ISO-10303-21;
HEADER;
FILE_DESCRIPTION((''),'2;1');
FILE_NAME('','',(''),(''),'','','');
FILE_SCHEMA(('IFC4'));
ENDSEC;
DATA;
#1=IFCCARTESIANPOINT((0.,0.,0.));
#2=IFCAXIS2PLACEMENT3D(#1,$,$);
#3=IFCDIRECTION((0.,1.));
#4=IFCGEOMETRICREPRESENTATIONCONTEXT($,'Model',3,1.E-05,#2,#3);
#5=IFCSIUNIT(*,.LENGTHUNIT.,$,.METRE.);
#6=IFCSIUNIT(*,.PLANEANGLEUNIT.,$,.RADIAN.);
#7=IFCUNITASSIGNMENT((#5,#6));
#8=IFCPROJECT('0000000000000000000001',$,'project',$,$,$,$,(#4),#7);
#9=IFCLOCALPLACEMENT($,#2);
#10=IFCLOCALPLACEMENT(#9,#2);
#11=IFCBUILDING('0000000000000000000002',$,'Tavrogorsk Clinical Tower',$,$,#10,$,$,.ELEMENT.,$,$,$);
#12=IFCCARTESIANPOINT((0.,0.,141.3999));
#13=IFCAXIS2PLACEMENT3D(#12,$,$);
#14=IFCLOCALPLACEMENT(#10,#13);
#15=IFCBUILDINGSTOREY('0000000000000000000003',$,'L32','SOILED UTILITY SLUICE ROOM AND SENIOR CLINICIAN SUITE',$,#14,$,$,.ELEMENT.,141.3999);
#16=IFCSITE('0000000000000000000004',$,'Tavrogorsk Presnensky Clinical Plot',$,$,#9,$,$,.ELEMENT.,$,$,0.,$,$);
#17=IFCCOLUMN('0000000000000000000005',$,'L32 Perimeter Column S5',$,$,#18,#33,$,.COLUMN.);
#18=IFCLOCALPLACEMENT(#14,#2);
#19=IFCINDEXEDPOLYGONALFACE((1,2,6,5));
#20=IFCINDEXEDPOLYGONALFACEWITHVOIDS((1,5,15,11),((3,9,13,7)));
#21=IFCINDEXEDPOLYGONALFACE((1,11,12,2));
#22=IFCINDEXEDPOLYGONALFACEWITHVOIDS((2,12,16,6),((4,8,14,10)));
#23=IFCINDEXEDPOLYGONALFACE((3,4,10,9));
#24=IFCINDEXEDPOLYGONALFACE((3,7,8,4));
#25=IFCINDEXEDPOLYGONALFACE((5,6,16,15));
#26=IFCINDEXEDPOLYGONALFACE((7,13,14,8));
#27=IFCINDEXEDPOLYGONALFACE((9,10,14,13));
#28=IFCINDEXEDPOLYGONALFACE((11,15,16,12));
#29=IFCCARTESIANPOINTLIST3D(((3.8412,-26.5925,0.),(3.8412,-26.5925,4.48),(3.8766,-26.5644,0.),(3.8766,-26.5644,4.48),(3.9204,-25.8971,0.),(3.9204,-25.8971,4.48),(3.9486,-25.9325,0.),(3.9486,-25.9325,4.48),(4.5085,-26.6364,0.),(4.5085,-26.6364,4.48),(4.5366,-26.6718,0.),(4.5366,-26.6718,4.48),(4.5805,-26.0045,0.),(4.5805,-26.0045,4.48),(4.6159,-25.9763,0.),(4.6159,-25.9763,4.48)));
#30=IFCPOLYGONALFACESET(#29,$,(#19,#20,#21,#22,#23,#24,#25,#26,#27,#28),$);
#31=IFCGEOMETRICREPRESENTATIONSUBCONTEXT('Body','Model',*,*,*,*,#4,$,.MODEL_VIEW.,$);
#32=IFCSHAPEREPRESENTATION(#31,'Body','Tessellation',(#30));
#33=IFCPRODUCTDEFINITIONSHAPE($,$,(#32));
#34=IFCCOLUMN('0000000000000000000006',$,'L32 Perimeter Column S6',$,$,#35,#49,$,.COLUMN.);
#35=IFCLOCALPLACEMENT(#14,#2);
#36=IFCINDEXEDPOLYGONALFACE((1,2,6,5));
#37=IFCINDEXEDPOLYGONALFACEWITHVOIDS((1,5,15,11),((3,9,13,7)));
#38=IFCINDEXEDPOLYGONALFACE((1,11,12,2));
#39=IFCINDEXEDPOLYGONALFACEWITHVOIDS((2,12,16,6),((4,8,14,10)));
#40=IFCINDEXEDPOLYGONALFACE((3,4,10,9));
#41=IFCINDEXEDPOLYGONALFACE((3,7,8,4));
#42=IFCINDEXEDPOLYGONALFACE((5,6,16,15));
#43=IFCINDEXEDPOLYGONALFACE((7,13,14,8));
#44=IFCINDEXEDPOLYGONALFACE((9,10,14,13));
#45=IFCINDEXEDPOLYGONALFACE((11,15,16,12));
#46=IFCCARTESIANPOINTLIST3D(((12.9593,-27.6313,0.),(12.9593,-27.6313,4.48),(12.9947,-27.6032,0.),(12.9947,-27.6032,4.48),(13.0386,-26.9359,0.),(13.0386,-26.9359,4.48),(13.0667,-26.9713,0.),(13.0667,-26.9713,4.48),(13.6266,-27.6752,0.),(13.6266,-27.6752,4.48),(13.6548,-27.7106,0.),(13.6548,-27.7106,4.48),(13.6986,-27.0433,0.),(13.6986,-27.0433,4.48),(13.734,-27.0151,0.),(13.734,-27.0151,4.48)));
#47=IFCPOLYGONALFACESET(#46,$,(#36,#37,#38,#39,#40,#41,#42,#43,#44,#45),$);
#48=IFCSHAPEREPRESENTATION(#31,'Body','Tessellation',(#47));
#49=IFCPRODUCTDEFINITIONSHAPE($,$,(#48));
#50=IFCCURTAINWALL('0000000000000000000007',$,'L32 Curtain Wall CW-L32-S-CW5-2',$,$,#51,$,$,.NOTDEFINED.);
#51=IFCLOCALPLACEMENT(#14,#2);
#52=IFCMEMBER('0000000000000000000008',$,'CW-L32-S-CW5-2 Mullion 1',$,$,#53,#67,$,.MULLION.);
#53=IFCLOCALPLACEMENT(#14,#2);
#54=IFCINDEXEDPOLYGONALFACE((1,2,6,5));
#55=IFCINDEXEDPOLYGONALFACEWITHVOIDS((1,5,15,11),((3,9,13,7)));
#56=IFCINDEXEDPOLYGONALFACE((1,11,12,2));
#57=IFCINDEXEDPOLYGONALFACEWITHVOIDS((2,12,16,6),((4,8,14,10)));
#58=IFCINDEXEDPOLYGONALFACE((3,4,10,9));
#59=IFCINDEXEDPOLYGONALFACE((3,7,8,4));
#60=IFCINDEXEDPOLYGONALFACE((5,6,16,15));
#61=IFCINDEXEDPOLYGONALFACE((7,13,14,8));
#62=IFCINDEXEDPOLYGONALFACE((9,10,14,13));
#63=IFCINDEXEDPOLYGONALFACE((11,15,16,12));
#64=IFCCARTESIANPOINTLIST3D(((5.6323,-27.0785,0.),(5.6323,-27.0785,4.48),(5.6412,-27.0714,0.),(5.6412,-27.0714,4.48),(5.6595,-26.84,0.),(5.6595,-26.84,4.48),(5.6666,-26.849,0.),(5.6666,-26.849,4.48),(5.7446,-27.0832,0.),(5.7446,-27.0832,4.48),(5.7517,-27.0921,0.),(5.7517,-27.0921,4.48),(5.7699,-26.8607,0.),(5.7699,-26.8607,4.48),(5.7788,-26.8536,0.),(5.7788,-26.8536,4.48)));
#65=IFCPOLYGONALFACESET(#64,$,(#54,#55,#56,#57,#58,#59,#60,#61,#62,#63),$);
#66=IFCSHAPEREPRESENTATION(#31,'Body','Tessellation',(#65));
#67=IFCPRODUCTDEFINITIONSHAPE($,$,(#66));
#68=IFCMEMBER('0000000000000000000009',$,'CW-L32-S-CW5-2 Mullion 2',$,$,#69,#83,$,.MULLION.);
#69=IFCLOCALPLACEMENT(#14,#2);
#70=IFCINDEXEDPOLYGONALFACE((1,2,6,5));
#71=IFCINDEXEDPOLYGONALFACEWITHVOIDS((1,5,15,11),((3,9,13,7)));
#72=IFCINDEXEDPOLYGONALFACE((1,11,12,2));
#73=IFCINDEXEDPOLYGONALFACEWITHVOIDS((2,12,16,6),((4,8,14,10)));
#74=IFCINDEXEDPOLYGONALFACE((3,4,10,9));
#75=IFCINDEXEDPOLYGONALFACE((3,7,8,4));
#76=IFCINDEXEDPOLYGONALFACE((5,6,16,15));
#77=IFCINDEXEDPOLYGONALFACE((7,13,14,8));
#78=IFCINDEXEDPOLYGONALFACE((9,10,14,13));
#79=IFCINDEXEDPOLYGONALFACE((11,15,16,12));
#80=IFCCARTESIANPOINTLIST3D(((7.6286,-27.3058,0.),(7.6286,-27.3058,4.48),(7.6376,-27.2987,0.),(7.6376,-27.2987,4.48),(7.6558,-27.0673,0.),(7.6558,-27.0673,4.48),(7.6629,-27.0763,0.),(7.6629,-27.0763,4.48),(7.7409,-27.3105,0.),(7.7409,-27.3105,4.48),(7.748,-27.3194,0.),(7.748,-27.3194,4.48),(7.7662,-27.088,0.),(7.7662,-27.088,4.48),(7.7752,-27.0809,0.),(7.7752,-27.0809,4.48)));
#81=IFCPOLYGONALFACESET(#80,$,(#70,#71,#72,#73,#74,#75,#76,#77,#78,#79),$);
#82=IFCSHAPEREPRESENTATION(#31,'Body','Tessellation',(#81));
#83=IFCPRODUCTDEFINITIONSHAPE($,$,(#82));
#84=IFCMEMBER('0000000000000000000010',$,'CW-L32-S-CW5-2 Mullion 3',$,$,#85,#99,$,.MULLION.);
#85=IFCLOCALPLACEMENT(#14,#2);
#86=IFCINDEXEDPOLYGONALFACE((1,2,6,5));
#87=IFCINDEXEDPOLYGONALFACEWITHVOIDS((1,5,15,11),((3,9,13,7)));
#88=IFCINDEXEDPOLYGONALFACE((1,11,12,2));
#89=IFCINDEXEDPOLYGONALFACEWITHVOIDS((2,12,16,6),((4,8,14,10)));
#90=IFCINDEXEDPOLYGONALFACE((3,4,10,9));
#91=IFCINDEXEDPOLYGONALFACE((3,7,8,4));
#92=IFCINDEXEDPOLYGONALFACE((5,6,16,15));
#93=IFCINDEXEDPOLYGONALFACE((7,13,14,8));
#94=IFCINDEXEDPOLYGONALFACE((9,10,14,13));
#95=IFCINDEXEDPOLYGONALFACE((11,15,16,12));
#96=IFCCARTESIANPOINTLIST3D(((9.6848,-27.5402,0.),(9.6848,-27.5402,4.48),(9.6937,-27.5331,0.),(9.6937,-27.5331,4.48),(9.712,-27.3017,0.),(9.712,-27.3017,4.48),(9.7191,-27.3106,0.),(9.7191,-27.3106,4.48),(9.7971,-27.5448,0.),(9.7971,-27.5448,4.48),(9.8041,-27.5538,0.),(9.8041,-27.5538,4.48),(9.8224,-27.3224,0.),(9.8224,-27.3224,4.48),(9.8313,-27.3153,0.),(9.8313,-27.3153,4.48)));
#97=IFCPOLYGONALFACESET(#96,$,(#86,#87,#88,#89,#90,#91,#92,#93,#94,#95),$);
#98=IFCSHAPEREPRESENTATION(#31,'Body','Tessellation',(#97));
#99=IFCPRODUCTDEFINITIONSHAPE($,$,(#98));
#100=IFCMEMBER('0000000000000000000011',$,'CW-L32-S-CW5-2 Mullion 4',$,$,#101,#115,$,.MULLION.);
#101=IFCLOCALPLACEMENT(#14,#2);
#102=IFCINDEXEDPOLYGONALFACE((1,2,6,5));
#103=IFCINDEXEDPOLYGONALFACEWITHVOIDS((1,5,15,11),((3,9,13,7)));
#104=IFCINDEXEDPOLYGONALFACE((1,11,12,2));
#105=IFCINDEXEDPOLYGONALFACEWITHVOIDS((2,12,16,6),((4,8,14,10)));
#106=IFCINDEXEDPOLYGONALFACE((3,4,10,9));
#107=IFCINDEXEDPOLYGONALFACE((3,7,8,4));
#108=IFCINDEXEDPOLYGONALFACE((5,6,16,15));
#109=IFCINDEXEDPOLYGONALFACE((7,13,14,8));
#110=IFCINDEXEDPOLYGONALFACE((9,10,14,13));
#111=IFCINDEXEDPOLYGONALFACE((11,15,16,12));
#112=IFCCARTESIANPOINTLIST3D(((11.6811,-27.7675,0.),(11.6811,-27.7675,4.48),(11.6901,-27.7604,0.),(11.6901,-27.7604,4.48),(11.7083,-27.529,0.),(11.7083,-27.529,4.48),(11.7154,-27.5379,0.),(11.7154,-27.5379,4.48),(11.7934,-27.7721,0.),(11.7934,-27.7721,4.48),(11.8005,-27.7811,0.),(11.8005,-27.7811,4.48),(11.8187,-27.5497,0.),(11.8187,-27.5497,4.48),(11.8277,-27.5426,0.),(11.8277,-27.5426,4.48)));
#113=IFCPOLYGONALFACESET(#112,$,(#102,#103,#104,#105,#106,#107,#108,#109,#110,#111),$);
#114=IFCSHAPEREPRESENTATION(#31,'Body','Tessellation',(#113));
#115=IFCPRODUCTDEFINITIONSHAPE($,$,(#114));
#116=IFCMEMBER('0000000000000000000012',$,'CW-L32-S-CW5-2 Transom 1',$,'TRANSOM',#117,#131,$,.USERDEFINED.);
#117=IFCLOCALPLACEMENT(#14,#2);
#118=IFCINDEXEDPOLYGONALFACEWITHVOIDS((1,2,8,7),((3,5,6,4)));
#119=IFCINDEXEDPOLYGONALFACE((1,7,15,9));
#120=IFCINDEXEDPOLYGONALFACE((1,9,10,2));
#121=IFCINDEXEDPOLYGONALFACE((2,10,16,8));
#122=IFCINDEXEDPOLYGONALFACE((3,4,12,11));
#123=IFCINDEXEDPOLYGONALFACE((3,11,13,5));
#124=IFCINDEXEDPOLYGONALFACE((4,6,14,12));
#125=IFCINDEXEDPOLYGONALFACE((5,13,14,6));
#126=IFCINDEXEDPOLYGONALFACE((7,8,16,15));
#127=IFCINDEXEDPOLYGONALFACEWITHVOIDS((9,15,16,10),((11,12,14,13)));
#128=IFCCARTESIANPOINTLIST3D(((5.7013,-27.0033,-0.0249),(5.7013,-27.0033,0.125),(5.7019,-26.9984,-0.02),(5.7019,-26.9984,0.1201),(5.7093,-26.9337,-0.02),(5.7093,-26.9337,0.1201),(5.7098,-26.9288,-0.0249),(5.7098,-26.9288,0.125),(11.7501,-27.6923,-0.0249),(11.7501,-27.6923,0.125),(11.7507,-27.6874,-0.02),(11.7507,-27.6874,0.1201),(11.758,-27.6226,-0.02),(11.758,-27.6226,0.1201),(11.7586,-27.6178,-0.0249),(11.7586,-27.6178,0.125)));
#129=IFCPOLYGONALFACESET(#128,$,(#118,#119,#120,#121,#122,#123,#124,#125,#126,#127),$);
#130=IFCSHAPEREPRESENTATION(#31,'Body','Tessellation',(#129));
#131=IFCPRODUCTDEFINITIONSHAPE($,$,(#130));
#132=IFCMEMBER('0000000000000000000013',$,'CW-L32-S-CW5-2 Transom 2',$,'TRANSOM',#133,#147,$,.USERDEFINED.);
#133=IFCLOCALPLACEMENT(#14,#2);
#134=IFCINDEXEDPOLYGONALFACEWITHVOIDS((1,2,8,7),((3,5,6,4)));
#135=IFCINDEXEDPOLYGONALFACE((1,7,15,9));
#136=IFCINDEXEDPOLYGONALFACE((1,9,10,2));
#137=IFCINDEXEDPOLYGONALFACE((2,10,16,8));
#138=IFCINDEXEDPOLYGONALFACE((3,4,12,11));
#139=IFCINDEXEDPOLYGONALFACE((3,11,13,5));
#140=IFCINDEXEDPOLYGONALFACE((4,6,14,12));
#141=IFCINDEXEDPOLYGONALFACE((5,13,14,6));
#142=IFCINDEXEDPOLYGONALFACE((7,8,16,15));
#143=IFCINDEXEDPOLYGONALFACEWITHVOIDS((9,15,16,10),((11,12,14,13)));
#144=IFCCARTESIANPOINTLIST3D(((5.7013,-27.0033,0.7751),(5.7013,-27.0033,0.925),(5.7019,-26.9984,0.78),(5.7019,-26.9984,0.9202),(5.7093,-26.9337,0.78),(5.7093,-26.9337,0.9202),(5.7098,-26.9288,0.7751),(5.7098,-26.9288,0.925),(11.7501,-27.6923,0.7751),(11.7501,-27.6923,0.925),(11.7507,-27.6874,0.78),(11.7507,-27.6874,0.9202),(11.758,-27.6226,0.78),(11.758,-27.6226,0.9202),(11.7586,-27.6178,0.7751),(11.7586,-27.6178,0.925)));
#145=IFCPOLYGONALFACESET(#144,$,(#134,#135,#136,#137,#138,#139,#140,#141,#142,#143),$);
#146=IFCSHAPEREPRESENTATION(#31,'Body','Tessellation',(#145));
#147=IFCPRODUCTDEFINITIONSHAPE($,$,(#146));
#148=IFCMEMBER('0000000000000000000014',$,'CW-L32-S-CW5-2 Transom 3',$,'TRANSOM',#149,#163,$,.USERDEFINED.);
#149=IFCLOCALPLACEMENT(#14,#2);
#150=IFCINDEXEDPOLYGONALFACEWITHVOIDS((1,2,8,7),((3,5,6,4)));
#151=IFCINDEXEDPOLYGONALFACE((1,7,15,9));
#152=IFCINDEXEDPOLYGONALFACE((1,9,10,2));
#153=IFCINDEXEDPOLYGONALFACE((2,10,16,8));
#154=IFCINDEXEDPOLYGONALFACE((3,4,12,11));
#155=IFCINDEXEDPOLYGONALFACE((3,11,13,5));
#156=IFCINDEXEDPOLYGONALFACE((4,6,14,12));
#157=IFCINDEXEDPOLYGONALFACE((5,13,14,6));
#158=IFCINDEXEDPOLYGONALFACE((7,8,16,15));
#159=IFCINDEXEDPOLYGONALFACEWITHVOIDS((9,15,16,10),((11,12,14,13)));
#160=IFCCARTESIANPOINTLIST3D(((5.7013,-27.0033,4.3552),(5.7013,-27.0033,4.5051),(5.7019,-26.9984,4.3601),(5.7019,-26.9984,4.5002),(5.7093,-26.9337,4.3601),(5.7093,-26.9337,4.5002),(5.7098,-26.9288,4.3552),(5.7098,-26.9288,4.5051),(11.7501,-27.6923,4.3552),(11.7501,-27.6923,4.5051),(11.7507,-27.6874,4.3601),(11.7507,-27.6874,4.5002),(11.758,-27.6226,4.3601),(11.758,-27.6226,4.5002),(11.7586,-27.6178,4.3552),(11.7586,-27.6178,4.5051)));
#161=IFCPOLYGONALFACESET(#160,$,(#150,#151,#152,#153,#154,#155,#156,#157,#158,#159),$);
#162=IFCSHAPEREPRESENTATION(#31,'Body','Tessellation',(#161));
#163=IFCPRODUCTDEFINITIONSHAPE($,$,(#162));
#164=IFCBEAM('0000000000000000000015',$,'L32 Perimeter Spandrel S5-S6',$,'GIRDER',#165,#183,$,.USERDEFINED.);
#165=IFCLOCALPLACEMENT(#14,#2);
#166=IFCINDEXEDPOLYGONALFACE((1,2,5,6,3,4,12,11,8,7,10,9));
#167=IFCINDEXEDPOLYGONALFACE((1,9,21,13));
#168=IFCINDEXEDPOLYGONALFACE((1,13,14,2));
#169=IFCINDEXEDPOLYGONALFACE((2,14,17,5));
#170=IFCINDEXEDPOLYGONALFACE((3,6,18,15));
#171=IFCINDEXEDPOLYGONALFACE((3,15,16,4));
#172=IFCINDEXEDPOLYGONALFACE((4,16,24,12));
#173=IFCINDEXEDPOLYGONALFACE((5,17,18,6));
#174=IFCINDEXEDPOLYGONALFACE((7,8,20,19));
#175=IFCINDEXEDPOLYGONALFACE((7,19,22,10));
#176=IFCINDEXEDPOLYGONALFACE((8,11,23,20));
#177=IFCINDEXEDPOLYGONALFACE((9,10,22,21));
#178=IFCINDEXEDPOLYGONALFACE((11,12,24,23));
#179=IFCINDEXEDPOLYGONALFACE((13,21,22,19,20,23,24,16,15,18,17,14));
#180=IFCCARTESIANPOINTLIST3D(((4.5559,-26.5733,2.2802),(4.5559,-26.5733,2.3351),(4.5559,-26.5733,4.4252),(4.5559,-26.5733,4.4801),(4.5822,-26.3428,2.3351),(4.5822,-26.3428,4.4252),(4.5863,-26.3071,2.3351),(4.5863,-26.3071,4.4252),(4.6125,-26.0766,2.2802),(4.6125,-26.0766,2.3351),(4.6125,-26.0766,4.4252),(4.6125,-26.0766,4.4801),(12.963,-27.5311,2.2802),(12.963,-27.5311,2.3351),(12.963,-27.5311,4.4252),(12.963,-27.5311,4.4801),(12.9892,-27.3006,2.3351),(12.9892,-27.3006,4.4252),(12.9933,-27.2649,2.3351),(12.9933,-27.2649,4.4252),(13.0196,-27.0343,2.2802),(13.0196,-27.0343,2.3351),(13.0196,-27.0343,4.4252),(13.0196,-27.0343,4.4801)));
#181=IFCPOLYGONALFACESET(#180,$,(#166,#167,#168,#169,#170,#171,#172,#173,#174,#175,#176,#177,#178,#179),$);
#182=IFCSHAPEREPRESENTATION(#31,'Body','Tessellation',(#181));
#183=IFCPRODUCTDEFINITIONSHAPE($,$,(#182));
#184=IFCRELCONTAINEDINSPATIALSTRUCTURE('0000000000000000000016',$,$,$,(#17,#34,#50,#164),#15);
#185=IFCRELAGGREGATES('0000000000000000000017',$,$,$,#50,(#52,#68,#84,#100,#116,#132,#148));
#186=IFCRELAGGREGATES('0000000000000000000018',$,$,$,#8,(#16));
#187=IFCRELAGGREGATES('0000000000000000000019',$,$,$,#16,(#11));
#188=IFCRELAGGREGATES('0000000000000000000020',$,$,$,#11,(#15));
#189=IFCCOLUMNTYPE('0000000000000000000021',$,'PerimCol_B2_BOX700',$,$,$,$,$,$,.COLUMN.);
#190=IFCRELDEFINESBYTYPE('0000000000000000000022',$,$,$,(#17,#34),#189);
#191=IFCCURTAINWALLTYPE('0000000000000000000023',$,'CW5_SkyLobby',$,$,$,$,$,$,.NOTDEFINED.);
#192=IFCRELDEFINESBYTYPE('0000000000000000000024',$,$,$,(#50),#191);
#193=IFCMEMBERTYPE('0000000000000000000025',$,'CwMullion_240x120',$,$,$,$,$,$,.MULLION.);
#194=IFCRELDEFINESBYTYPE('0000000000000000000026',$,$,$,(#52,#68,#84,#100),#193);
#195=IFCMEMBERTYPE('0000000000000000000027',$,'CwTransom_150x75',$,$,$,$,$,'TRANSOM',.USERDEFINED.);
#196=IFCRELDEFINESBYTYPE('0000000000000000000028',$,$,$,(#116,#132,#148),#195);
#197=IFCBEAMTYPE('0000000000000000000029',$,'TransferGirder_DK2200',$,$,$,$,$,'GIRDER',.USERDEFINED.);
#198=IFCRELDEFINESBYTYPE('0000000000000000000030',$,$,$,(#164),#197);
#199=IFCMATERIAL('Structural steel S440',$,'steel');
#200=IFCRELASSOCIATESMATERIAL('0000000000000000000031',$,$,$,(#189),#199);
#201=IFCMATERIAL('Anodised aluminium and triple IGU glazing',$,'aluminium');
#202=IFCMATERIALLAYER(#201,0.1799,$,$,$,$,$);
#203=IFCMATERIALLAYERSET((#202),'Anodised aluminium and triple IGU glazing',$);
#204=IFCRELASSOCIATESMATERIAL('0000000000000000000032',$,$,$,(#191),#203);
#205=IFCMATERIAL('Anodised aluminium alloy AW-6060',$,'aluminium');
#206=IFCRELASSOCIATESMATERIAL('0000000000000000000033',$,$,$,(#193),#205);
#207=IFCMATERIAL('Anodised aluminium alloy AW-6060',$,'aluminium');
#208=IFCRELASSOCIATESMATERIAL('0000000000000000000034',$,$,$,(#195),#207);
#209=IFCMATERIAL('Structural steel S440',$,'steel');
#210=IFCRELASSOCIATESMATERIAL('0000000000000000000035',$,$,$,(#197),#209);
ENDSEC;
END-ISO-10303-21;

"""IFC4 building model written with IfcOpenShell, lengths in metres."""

from ifc_helpers import new_model, si_unit, direction, frame, origin, origin_2d, place, context, subcontext, project, spatial, hollow_rectangle, i_section, extrude, material, layer, layer_set, material_profile, profile_set, type_object, element, aggregate, save


model = new_model("IFC4")

# Units and contexts
model_context = context("Model", 3, precision=1e-05, world=origin(), true_north=direction((0.0, 1.0)))
body_context = subcontext(model_context, "Body", "Model", "MODEL_VIEW")
ifc_project = project(units=[si_unit("LENGTHUNIT", "METRE"), si_unit("PLANEANGLEUNIT", "RADIAN")], contexts=[model_context])

# Site, building, storey
site_placement = place(None, origin())
site = spatial("IfcSite", under=ifc_project, at=site_placement, Name="Tavrogorsk Presnensky Clinical Plot", CompositionType="ELEMENT", RefElevation=0.0)
building_placement = place(site_placement, origin())
building = spatial("IfcBuilding", under=site, at=building_placement, Name="Tavrogorsk Clinical Tower", CompositionType="ELEMENT")
storey_placement = place(building_placement, frame((0.0, 0.0, 141.3999)))
storey = spatial("IfcBuildingStorey", under=building, at=storey_placement, Name="L32", Description="SOILED UTILITY SLUICE ROOM AND SENIOR CLINICIAN SUITE", CompositionType="ELEMENT", Elevation=141.3999)

# Columns
ifc_material_1 = material(Name="Structural steel S440", Category="steel")
ifc_material_profile_1 = material_profile(ifc_material_1, hollow_rectangle(XDim=0.7, YDim=0.7, WallThickness=0.032, at=origin_2d()), Name="BOX-700x700x32")
ifc_profile_set_1 = profile_set([ifc_material_profile_1], Name="Structural steel S440")
column_type = type_object("IfcColumnType", Name="PerimCol_B2_BOX700", PredefinedType="COLUMN", material=ifc_profile_set_1)
for number, where, z_axis, x_axis, name in (
    (1, (4.2285, -26.2844, 0.0), (0.0, 0.0, 1.0), (0.993572, -0.113203, 0.0), "L32 Perimeter Column S5"),
    (2, (13.3467, -27.3232, 0.0), (0.0, 0.0, 1.0), (0.993572, -0.113203, 0.0), "L32 Perimeter Column S6"),
):
    element("IfcColumn", number, at=place(storey_placement, frame(where, z_axis=z_axis, x_axis=x_axis)), inside=storey, type_object=column_type, Name=name, PredefinedType="COLUMN", context=body_context, shape_type="SweptSolid", body=[
        extrude(hollow_rectangle(XDim=0.7, YDim=0.7, WallThickness=0.032, at=origin_2d()), origin(), (0.0, 0.0, 1.0), 4.48),
    ])

# Curtain wall, members
ifc_material_2 = material(Name="Anodised aluminium and triple IGU glazing", Category="aluminium")
ifc_layer_1 = layer(ifc_material_2, 0.1799)
ifc_layer_set_1 = layer_set([ifc_layer_1], Name="Anodised aluminium and triple IGU glazing")
curtain_wall_type = type_object("IfcCurtainWallType", Name="CW5_SkyLobby", PredefinedType="NOTDEFINED", material=ifc_layer_set_1)
curtain_wall_placement = place(storey_placement, origin())
curtain_wall = element("IfcCurtainWall", 3, at=curtain_wall_placement, inside=storey, type_object=curtain_wall_type, Name="L32 Curtain Wall CW-L32-S-CW5-2", PredefinedType="NOTDEFINED")
ifc_material_3 = material(Name="Anodised aluminium alloy AW-6060", Category="aluminium")
ifc_material_profile_2 = material_profile(ifc_material_3, hollow_rectangle(XDim=0.1201, YDim=0.24, WallThickness=0.0081, at=origin_2d()), Name="RHS-240x120x8")
ifc_profile_set_2 = profile_set([ifc_material_profile_2], Name="Anodised aluminium alloy AW-6060")
member_type_1 = type_object("IfcMemberType", Name="CwMullion_240x120", PredefinedType="MULLION", material=ifc_profile_set_2)
member_1_placement = place(storey_placement, frame((5.7056, -26.9661, 0.0), z_axis=(0.0, 0.0, 1.0), x_axis=(0.993572, -0.113203, 0.0)))
member_1 = element("IfcMember", 4, at=member_1_placement, type_object=member_type_1, Name="CW-L32-S-CW5-2 Mullion 1", PredefinedType="MULLION", context=body_context, shape_type="SweptSolid", body=[
    extrude(hollow_rectangle(XDim=0.1201, YDim=0.24, WallThickness=0.0081, at=origin_2d()), origin(), (0.0, 0.0, 1.0), 4.48),
])
member_2_placement = place(storey_placement, frame((7.7019, -27.1934, 0.0), z_axis=(0.0, 0.0, 1.0), x_axis=(0.993572, -0.113203, 0.0)))
member_2 = element("IfcMember", 5, at=member_2_placement, type_object=member_type_1, Name="CW-L32-S-CW5-2 Mullion 2", PredefinedType="MULLION", context=body_context, shape_type="SweptSolid", body=[
    extrude(hollow_rectangle(XDim=0.1201, YDim=0.24, WallThickness=0.0081, at=origin_2d()), origin(), (0.0, 0.0, 1.0), 4.48),
])
member_3_placement = place(storey_placement, frame((9.7581, -27.4277, 0.0), z_axis=(0.0, 0.0, 1.0), x_axis=(0.993572, -0.113203, 0.0)))
member_3 = element("IfcMember", 6, at=member_3_placement, type_object=member_type_1, Name="CW-L32-S-CW5-2 Mullion 3", PredefinedType="MULLION", context=body_context, shape_type="SweptSolid", body=[
    extrude(hollow_rectangle(XDim=0.1201, YDim=0.24, WallThickness=0.0081, at=origin_2d()), origin(), (0.0, 0.0, 1.0), 4.48),
])
member_4_placement = place(storey_placement, frame((11.7544, -27.655, 0.0), z_axis=(0.0, 0.0, 1.0), x_axis=(0.993572, -0.113203, 0.0)))
member_4 = element("IfcMember", 7, at=member_4_placement, type_object=member_type_1, Name="CW-L32-S-CW5-2 Mullion 4", PredefinedType="MULLION", context=body_context, shape_type="SweptSolid", body=[
    extrude(hollow_rectangle(XDim=0.1201, YDim=0.24, WallThickness=0.0081, at=origin_2d()), origin(), (0.0, 0.0, 1.0), 4.48),
])
ifc_material_4 = material(Name="Anodised aluminium alloy AW-6060", Category="aluminium")
ifc_material_profile_3 = material_profile(ifc_material_4, hollow_rectangle(XDim=0.075, YDim=0.1499, WallThickness=0.0049, at=origin_2d()), Name="RHS-150x75x5")
ifc_profile_set_3 = profile_set([ifc_material_profile_3], Name="Anodised aluminium alloy AW-6060")
member_type_2 = type_object("IfcMemberType", Name="CwTransom_150x75", ElementType="TRANSOM", PredefinedType="USERDEFINED", material=ifc_profile_set_3)
member_5_placement = place(storey_placement, frame((5.7056, -26.9661, 0.05), z_axis=(0.993576, -0.113169, 0.0), x_axis=(0.113169, 0.993576, 0.0)))
member_5 = element("IfcMember", 8, at=member_5_placement, type_object=member_type_2, Name="CW-L32-S-CW5-2 Transom 1", ObjectType="TRANSOM", PredefinedType="USERDEFINED", context=body_context, shape_type="SweptSolid", body=[
    extrude(hollow_rectangle(XDim=0.075, YDim=0.1499, WallThickness=0.0049, at=origin_2d()), origin(), (0.0, 0.0, 1.0), 6.0879),
])
member_6_placement = place(storey_placement, frame((5.7056, -26.9661, 0.8501), z_axis=(0.993576, -0.113169, 0.0), x_axis=(0.113169, 0.993576, 0.0)))
member_6 = element("IfcMember", 9, at=member_6_placement, type_object=member_type_2, Name="CW-L32-S-CW5-2 Transom 2", ObjectType="TRANSOM", PredefinedType="USERDEFINED", context=body_context, shape_type="SweptSolid", body=[
    extrude(hollow_rectangle(XDim=0.075, YDim=0.1499, WallThickness=0.0049, at=origin_2d()), origin(), (0.0, 0.0, 1.0), 6.0879),
])
member_7_placement = place(storey_placement, frame((5.7056, -26.9661, 4.4302), z_axis=(0.993576, -0.113169, 0.0), x_axis=(0.113169, 0.993576, 0.0)))
member_7 = element("IfcMember", 10, at=member_7_placement, type_object=member_type_2, Name="CW-L32-S-CW5-2 Transom 3", ObjectType="TRANSOM", PredefinedType="USERDEFINED", context=body_context, shape_type="SweptSolid", body=[
    extrude(hollow_rectangle(XDim=0.075, YDim=0.1499, WallThickness=0.0049, at=origin_2d()), origin(), (0.0, 0.0, 1.0), 6.0879),
])

# Beam
ifc_material_5 = material(Name="Structural steel S440", Category="steel")
ifc_material_profile_4 = material_profile(ifc_material_5, i_section(OverallWidth=0.5, OverallDepth=2.2, WebThickness=0.0359, FlangeThickness=0.0549, at=origin_2d()), Name="DK-2200x500x36x55")
ifc_profile_set_4 = profile_set([ifc_material_profile_4], Name="Structural steel S440")
beam_type = type_object("IfcBeamType", Name="TransferGirder_DK2200", ElementType="GIRDER", PredefinedType="USERDEFINED", material=ifc_profile_set_4)
for number, where, z_axis, x_axis, name in (
    (11, (4.5842, -26.325, 3.3801), (0.993573, -0.113193, 0.0), (0.113193, 0.993573, 0.0), "L32 Perimeter Spandrel S5-S6"),
):
    element("IfcBeam", number, at=place(storey_placement, frame(where, z_axis=z_axis, x_axis=x_axis)), inside=storey, type_object=beam_type, Name=name, ObjectType="GIRDER", PredefinedType="USERDEFINED", context=body_context, shape_type="SweptSolid", body=[
        extrude(i_section(OverallWidth=0.5, OverallDepth=2.2, WebThickness=0.0359, FlangeThickness=0.0549, at=origin_2d()), origin(), (0.0, 0.0, 1.0), 8.4614),
    ])

aggregate(curtain_wall, [member_1, member_2, member_3, member_4, member_5, member_6, member_7])

save(model, "model.ifc")
